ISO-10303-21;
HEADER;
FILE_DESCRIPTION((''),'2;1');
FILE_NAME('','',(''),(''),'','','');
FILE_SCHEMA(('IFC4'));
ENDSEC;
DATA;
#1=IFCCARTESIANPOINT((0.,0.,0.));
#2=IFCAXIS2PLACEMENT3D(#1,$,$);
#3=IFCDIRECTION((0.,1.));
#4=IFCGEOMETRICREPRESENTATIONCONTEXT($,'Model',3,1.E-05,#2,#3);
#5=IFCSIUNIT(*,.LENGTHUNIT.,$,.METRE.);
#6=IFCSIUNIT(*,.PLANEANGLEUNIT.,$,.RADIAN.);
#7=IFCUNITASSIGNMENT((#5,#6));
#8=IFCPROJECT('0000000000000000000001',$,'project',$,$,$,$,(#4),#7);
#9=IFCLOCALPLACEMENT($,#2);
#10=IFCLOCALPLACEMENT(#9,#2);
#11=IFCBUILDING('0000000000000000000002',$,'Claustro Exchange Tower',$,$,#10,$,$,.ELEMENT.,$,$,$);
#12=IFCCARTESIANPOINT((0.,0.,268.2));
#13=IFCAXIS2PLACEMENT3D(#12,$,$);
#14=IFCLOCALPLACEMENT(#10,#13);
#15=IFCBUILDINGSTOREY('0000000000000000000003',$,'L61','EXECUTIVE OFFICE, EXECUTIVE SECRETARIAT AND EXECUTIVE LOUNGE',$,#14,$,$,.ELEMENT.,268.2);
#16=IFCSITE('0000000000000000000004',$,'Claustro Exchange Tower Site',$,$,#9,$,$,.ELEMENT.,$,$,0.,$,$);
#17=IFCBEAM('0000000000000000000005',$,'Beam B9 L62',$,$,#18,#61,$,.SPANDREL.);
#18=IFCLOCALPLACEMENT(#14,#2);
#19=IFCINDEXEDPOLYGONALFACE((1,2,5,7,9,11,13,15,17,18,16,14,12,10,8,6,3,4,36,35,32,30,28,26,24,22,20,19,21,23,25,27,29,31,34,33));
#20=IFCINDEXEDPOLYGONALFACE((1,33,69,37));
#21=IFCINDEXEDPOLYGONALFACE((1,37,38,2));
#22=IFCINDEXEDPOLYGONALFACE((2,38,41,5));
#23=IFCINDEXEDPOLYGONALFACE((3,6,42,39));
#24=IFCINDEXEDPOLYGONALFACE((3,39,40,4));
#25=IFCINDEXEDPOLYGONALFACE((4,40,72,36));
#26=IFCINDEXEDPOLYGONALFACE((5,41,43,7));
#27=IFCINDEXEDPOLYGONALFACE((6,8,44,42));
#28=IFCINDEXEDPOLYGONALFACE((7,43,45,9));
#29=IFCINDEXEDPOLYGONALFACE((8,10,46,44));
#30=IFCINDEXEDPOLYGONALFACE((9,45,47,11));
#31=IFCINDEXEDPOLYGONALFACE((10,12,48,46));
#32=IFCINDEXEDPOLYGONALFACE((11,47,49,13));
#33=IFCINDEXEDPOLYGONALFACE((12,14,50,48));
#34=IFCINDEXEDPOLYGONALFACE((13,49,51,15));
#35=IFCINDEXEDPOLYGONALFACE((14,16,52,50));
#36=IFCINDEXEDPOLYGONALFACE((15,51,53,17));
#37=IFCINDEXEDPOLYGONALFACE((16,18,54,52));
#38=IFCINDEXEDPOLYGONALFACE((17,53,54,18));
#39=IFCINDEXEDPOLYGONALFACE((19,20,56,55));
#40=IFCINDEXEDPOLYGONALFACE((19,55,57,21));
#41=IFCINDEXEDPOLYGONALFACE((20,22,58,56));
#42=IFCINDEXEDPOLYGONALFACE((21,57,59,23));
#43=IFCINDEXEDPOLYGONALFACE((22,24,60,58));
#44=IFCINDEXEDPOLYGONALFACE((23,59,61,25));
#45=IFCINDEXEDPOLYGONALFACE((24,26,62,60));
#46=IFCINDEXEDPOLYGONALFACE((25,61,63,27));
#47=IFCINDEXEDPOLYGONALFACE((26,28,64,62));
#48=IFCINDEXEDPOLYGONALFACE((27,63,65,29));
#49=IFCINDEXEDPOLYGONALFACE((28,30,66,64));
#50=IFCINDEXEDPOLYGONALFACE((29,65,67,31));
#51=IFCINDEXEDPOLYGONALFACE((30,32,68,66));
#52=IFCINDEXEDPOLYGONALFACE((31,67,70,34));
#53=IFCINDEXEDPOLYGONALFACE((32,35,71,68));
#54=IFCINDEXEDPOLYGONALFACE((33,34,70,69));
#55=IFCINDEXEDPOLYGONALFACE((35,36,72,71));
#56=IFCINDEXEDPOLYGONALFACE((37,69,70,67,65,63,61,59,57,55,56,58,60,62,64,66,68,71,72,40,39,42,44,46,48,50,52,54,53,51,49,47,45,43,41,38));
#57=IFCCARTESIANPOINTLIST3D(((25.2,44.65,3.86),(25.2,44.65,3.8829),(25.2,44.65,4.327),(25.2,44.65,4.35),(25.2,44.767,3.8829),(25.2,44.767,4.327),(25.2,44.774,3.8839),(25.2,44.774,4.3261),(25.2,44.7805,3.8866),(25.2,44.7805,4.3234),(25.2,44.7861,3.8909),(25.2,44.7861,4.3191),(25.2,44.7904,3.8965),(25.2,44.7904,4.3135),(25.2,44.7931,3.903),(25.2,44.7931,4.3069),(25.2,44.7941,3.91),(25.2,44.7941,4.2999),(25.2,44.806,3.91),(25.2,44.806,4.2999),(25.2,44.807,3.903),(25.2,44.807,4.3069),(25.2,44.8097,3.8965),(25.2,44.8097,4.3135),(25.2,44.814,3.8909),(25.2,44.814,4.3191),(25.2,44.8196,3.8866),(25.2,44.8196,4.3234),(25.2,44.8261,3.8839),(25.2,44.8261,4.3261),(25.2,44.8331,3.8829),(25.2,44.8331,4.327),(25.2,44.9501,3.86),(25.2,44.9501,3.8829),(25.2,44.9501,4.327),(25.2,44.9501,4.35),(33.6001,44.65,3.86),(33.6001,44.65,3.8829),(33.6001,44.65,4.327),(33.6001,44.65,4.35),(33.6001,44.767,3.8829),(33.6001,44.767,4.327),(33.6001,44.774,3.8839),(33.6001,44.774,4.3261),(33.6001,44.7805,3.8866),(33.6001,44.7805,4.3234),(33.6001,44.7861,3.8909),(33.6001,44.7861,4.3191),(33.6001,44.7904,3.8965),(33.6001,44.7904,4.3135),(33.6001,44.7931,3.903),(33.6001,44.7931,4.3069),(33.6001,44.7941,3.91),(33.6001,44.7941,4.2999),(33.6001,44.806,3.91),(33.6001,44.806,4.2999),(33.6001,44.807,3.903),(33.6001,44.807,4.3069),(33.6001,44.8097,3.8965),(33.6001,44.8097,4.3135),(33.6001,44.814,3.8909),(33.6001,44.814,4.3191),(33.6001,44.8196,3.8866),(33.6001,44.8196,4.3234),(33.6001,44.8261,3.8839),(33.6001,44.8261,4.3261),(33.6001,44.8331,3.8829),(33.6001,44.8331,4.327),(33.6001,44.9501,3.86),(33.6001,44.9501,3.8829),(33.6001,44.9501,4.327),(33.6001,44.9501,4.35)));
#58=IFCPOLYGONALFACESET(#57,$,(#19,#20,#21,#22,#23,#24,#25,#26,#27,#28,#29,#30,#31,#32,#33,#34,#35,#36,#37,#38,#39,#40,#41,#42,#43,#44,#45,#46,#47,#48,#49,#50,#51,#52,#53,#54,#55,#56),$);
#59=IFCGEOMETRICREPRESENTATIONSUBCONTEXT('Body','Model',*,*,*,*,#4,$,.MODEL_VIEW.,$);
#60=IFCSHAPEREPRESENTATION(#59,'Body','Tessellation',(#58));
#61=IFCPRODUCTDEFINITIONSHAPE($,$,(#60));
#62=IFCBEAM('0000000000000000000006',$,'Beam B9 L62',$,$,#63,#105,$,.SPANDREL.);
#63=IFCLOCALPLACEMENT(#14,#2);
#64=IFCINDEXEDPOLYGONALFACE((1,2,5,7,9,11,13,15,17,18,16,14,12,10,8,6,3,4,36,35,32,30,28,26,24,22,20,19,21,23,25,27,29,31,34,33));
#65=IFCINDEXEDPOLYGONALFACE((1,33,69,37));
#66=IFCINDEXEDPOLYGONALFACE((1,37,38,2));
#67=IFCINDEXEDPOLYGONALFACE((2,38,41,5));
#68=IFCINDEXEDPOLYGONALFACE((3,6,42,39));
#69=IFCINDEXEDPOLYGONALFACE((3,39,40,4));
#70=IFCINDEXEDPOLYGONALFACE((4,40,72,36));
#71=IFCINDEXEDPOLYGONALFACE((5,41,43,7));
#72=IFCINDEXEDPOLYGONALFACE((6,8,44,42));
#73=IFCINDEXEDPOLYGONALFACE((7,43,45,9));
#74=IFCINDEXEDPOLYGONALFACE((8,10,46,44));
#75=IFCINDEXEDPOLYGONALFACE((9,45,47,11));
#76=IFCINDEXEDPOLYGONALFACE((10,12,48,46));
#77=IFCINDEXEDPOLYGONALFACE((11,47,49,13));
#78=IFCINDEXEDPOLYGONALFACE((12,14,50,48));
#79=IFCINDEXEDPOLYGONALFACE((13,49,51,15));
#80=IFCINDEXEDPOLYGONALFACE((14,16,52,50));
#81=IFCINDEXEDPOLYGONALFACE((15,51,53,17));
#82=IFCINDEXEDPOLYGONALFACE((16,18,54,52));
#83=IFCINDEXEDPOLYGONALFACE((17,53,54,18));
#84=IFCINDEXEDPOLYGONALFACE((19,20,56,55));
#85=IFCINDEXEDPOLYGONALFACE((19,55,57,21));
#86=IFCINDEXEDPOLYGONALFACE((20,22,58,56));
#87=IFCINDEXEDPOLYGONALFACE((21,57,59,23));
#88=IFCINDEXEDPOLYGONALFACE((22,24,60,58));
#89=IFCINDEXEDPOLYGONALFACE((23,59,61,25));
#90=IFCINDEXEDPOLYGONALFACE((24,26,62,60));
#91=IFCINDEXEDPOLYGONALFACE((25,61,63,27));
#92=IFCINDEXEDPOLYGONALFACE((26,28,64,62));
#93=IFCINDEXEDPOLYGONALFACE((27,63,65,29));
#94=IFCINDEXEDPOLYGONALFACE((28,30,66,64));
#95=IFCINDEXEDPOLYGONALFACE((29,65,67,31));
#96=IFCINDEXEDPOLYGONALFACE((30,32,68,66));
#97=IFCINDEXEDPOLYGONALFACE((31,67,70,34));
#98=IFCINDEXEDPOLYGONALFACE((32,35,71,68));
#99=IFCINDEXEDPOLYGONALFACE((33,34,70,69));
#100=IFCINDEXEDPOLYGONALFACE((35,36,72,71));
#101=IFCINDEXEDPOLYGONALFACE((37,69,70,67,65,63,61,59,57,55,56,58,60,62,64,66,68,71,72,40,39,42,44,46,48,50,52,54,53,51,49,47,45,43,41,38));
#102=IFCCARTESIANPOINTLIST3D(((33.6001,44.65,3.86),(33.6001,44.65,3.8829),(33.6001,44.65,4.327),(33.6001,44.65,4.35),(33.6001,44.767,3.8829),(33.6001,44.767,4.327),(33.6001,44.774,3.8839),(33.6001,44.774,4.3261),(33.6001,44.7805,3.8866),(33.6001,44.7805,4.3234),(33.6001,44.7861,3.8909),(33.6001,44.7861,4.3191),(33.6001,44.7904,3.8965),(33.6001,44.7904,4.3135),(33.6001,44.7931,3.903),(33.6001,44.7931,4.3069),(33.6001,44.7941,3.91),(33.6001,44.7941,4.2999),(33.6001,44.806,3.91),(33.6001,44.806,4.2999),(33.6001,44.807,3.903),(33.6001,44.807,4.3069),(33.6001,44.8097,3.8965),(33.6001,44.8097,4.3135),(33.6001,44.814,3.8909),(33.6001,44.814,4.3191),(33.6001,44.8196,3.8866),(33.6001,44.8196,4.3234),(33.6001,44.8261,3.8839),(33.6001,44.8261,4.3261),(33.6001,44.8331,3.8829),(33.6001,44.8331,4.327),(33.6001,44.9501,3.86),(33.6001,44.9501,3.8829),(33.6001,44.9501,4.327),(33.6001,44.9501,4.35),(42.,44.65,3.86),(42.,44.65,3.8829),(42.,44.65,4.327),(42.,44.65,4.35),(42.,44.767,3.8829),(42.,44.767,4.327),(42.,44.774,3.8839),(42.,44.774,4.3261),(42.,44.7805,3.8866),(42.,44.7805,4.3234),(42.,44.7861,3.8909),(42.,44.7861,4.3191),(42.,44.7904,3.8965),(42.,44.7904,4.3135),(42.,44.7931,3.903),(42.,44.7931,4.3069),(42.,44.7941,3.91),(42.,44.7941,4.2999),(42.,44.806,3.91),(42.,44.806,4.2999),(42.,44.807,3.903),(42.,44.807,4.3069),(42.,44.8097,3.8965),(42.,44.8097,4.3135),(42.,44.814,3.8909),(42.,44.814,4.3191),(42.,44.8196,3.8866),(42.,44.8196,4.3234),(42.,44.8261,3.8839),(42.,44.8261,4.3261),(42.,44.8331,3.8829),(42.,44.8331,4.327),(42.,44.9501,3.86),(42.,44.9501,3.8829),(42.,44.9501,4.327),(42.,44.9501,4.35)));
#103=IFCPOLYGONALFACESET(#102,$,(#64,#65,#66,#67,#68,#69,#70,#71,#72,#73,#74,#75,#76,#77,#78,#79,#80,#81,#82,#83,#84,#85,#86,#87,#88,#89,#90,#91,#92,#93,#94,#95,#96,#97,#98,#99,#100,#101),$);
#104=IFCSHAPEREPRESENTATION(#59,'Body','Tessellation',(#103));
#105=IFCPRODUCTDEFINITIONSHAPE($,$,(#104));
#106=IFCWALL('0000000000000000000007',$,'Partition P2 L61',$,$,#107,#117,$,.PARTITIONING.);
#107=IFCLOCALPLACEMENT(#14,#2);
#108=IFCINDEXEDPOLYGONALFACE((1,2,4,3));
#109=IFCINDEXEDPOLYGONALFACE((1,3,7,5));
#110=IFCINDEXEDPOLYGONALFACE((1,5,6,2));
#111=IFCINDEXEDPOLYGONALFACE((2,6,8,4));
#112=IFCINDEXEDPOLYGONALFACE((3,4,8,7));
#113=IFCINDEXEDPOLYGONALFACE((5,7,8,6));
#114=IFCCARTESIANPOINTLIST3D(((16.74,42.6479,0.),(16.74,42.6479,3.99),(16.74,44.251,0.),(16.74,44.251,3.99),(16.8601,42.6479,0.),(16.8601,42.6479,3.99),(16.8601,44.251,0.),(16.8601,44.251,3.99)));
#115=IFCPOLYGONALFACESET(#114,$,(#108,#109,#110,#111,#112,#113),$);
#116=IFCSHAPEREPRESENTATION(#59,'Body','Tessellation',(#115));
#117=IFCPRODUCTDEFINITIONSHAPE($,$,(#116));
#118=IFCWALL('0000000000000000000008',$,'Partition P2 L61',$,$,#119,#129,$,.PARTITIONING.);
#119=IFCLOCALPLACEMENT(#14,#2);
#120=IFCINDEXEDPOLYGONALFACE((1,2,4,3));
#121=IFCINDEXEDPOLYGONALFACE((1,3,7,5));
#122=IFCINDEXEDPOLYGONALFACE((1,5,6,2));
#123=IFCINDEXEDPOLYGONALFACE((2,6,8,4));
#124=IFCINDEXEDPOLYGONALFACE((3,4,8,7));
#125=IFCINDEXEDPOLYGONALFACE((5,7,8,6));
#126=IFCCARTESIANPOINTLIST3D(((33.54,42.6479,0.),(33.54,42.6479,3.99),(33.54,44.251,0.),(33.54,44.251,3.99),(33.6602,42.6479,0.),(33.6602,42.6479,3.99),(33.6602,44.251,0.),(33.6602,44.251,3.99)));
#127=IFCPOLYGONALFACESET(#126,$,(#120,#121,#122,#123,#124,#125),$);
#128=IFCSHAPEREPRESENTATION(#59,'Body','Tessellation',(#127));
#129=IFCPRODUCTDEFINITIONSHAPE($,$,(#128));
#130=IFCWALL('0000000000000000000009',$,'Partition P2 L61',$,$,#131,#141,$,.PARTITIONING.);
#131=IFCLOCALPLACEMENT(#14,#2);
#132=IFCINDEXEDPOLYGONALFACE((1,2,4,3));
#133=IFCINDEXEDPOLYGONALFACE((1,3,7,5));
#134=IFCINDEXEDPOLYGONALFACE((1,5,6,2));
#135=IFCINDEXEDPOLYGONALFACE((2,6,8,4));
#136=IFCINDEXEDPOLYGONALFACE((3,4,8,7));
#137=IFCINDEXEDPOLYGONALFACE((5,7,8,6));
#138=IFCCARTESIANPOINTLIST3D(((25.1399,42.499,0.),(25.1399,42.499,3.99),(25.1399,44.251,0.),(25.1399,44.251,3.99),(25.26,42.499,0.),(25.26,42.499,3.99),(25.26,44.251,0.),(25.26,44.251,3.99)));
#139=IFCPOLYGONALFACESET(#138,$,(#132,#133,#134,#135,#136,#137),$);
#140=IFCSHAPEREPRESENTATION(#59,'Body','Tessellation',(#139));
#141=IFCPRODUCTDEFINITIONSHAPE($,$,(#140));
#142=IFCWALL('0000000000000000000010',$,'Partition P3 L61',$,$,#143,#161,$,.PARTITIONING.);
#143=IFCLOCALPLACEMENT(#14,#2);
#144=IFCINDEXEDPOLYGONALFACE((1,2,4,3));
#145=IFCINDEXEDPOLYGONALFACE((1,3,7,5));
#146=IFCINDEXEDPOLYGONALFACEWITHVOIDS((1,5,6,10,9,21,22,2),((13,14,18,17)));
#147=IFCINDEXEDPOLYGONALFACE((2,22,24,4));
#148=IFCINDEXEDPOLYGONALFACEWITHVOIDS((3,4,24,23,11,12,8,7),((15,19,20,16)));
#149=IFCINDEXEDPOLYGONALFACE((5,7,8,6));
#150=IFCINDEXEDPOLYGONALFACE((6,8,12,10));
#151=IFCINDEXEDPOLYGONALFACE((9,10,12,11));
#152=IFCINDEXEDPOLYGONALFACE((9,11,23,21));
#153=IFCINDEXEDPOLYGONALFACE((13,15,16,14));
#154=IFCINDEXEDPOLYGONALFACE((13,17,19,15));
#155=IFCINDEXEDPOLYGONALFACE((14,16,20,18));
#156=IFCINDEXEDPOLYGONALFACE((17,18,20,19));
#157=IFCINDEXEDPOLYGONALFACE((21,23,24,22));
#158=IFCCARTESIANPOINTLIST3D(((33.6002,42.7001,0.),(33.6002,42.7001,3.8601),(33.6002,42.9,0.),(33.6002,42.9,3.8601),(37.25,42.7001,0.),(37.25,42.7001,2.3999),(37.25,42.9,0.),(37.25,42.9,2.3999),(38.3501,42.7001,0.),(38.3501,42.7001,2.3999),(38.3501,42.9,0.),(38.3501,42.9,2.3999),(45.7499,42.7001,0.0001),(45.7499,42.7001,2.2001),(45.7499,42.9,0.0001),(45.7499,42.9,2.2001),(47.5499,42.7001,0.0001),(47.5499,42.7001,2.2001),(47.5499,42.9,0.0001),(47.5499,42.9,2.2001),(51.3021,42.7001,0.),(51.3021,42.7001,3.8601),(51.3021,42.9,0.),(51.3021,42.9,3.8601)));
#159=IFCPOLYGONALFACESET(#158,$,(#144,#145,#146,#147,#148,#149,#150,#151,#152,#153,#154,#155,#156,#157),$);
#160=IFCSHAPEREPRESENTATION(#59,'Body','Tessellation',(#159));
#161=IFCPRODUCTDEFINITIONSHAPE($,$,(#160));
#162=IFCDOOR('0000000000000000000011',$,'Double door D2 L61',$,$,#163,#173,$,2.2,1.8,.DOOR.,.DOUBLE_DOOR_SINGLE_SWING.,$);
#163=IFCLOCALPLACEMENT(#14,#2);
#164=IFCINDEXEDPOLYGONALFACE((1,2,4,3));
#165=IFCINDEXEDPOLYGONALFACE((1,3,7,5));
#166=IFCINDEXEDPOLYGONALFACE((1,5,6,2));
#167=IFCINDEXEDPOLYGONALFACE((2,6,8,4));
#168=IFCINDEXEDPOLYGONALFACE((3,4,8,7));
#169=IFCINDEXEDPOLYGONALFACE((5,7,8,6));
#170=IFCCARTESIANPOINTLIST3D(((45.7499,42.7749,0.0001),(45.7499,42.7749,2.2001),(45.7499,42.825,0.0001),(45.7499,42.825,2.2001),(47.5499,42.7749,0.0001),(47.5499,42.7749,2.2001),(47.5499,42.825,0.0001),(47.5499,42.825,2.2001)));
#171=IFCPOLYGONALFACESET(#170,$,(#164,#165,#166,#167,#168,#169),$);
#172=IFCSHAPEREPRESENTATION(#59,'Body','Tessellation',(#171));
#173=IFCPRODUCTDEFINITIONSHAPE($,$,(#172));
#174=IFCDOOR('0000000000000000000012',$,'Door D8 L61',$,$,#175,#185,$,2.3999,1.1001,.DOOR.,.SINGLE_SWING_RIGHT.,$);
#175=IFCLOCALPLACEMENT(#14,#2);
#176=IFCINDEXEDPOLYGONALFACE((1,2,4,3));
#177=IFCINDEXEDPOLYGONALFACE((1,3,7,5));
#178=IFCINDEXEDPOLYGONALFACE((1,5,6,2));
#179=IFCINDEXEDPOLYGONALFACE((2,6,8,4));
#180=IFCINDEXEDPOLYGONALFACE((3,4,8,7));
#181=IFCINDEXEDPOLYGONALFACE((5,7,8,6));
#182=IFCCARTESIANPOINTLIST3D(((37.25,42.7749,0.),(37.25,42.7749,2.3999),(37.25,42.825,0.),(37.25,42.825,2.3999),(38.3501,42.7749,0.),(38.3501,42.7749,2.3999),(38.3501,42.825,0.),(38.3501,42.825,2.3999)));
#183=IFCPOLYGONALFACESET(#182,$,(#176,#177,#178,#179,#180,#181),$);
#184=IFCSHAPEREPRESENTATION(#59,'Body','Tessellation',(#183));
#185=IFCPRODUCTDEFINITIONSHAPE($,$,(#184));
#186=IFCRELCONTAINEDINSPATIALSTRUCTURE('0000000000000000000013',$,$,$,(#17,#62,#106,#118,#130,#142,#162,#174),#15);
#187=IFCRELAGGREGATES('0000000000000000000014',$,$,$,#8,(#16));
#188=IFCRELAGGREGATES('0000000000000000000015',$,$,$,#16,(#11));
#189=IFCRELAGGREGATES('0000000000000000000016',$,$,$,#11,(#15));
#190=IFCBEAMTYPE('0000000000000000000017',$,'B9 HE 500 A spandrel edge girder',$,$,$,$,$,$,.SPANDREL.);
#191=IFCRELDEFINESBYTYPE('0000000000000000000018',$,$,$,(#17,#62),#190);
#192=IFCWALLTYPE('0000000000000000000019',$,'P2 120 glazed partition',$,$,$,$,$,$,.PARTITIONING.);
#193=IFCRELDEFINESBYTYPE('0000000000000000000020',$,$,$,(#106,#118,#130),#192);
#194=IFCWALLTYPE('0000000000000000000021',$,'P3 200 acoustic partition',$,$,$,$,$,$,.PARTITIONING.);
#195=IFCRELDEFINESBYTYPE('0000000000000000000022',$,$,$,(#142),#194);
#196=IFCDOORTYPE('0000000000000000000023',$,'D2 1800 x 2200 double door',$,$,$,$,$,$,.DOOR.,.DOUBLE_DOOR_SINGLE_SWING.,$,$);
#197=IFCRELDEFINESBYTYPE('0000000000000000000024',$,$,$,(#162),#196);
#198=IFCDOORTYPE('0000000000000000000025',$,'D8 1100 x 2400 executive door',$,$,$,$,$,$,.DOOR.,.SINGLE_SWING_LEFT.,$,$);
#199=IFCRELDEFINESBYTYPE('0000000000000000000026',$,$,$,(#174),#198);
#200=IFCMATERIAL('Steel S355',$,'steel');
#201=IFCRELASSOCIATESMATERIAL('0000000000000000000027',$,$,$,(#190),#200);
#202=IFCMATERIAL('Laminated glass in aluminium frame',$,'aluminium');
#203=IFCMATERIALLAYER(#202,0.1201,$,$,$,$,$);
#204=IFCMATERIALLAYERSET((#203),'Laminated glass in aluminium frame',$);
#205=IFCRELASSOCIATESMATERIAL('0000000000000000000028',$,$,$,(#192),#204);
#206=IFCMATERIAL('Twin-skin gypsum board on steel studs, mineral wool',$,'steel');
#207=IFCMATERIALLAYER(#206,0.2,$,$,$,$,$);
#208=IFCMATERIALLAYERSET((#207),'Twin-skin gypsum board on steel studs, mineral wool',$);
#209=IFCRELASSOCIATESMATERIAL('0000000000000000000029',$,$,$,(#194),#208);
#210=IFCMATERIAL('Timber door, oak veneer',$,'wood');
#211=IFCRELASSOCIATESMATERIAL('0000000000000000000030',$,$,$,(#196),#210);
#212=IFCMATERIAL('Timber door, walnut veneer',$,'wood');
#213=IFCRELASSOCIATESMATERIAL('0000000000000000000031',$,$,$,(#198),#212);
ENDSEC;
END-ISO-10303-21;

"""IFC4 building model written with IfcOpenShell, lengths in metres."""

from ifc_helpers import new_model, si_unit, direction, frame, frame_2d, origin, origin_2d, place, context, subcontext, project, spatial, rectangle, i_section, extrude, material, layer, layer_set, material_profile, profile_set, type_object, element, fill, save


model = new_model("IFC4")

# Units and contexts
model_context = context("Model", 3, precision=1e-05, world=origin(), true_north=direction((0.0, 1.0)))
body_context = subcontext(model_context, "Body", "Model", "MODEL_VIEW")
ifc_project = project(units=[si_unit("LENGTHUNIT", "METRE"), si_unit("PLANEANGLEUNIT", "RADIAN")], contexts=[model_context])

# Site, building, storey
site_placement = place(None, origin())
site = spatial("IfcSite", under=ifc_project, at=site_placement, Name="Claustro Exchange Tower Site", CompositionType="ELEMENT", RefElevation=0.0)
building_placement = place(site_placement, origin())
building = spatial("IfcBuilding", under=site, at=building_placement, Name="Claustro Exchange Tower", CompositionType="ELEMENT")
storey_placement = place(building_placement, frame((0.0, 0.0, 268.2)))
storey = spatial("IfcBuildingStorey", under=building, at=storey_placement, Name="L61", Description="EXECUTIVE OFFICE, EXECUTIVE SECRETARIAT AND EXECUTIVE LOUNGE", CompositionType="ELEMENT", Elevation=268.2)

# Beams
ifc_material_1 = material(Name="Steel S355", Category="steel")
ifc_material_profile_1 = material_profile(ifc_material_1, i_section(OverallWidth=0.3, OverallDepth=0.49, WebThickness=0.012, FlangeThickness=0.0229, FilletRadius=0.0271, at=origin_2d()), Name="HE 500 A")
ifc_profile_set_1 = profile_set([ifc_material_profile_1], Name="Steel S355")
beam_type_1 = type_object("IfcBeamType", Name="B9 HE 500 A spandrel edge girder", PredefinedType="SPANDREL", material=ifc_profile_set_1)
beam_1_placement = place(storey_placement, frame((25.2, 44.8, 4.105), z_axis=(1.0, 0.0, 0.0), x_axis=(0.0, 1.0, 0.0)))
element("IfcBeam", 1, at=beam_1_placement, inside=storey, type_object=beam_type_1, Name="Beam B9 L62", PredefinedType="SPANDREL", context=body_context, shape_type="SweptSolid", body=[
    extrude(i_section(OverallWidth=0.3, OverallDepth=0.49, WebThickness=0.012, FlangeThickness=0.0229, FilletRadius=0.0271, at=origin_2d()), origin(), (0.0, 0.0, 1.0), 8.4001),
])
beam_2_placement = place(storey_placement, frame((33.6001, 44.8, 4.105), z_axis=(1.0, 0.0, 0.0), x_axis=(0.0, 1.0, 0.0)))
element("IfcBeam", 2, at=beam_2_placement, inside=storey, type_object=beam_type_1, Name="Beam B9 L62", PredefinedType="SPANDREL", context=body_context, shape_type="SweptSolid", body=[
    extrude(i_section(OverallWidth=0.3, OverallDepth=0.49, WebThickness=0.012, FlangeThickness=0.0229, FilletRadius=0.0271, at=origin_2d()), origin(), (0.0, 0.0, 1.0), 8.3999),
])

# Walls
ifc_material_2 = material(Name="Laminated glass in aluminium frame", Category="aluminium")
ifc_layer_1 = layer(ifc_material_2, 0.1201)
ifc_layer_set_1 = layer_set([ifc_layer_1], Name="Laminated glass in aluminium frame")
wall_type_1 = type_object("IfcWallType", Name="P2 120 glazed partition", PredefinedType="PARTITIONING", material=ifc_layer_set_1)
for number, where, z_axis, x_axis, name in (
    (3, (16.8, 42.6479, 0.0), (0.0, 0.0, 1.0), (0.0, 1.0, 0.0), "Partition P2 L61"),
    (4, (33.6001, 42.6479, 0.0), (0.0, 0.0, 1.0), (0.0, 1.0, 0.0), "Partition P2 L61"),
):
    element("IfcWall", number, at=place(storey_placement, frame(where, z_axis=z_axis, x_axis=x_axis)), inside=storey, type_object=wall_type_1, Name=name, PredefinedType="PARTITIONING", context=body_context, shape_type="SweptSolid", body=[
        extrude(rectangle(XDim=1.603, YDim=0.1201, at=frame_2d((0.8015, 0.0))), origin(), (0.0, 0.0, 1.0), 3.99),
    ])
wall_1_placement = place(storey_placement, frame((25.2, 42.499, 0.0), z_axis=(0.0, 0.0, 1.0), x_axis=(0.0, 1.0, 0.0)))
element("IfcWall", 5, at=wall_1_placement, inside=storey, type_object=wall_type_1, Name="Partition P2 L61", PredefinedType="PARTITIONING", context=body_context, shape_type="SweptSolid", body=[
    extrude(rectangle(XDim=1.752, YDim=0.1201, at=frame_2d((0.876, 0.0))), origin(), (0.0, 0.0, 1.0), 3.99),
])

# Wall, openings, doors
ifc_material_3 = material(Name="Twin-skin gypsum board on steel studs, mineral wool", Category="steel")
ifc_layer_2 = layer(ifc_material_3, 0.2)
ifc_layer_set_2 = layer_set([ifc_layer_2], Name="Twin-skin gypsum board on steel studs, mineral wool")
wall_type_2 = type_object("IfcWallType", Name="P3 200 acoustic partition", PredefinedType="PARTITIONING", material=ifc_layer_set_2)
wall_2_placement = place(storey_placement, frame((33.6001, 42.8, 0.0), z_axis=(0.0, 0.0, 1.0), x_axis=(1.0, 0.0, 0.0)))
wall_2 = element("IfcWall", 6, at=wall_2_placement, inside=storey, type_object=wall_type_2, Name="Partition P3 L61", PredefinedType="PARTITIONING", context=body_context, shape_type="SweptSolid", body=[
    extrude(rectangle(XDim=17.7019, YDim=0.2, at=frame_2d((8.8511, 0.0))), origin(), (0.0, 0.0, 1.0), 3.8601),
])
opening_1_placement = place(wall_2_placement, frame((3.6499, 0.0, 0.0)))
opening_1 = element("IfcOpeningElement", 7, at=opening_1_placement, cuts=wall_2, PredefinedType="OPENING", context=body_context, shape_type="SweptSolid", body=[
    extrude(rectangle(XDim=1.1001, YDim=2.3999, at=frame_2d((0.55, 1.2))), frame((0.0, 0.1099, 0.0), z_axis=(0.0, -1.0, 0.0), x_axis=(1.0, 0.0, 0.0)), (0.0, 0.0, 1.0), 0.22),
])
opening_2_placement = place(wall_2_placement, frame((12.1499, 0.0, 0.0)))
opening_2 = element("IfcOpeningElement", 8, at=opening_2_placement, cuts=wall_2, PredefinedType="OPENING", context=body_context, shape_type="SweptSolid", body=[
    extrude(rectangle(XDim=1.8, YDim=2.2, at=frame_2d((0.8999, 1.1001))), frame((0.0, 0.1099, 0.0), z_axis=(0.0, -1.0, 0.0), x_axis=(1.0, 0.0, 0.0)), (0.0, 0.0, 1.0), 0.22),
])
ifc_material_4 = material(Name="Timber door, oak veneer", Category="wood")
door_type_1 = type_object("IfcDoorType", Name="D2 1800 x 2200 double door", OperationType="DOUBLE_DOOR_SINGLE_SWING", PredefinedType="DOOR", material=ifc_material_4)
door_1_placement = place(opening_2_placement, origin())
door_1 = element("IfcDoor", 9, at=door_1_placement, inside=storey, type_object=door_type_1, Name="Double door D2 L61", OperationType="DOUBLE_DOOR_SINGLE_SWING", OverallHeight=2.2, OverallWidth=1.8, PredefinedType="DOOR", context=body_context, shape_type="SweptSolid", body=[
    extrude(rectangle(XDim=1.8, YDim=2.2, at=frame_2d((0.8999, 1.1001))), frame((0.0, 0.0249, 0.0), z_axis=(0.0, -1.0, 0.0), x_axis=(1.0, 0.0, 0.0)), (0.0, 0.0, 1.0), 0.05),
])
fill(opening_2, door_1)
ifc_material_5 = material(Name="Timber door, walnut veneer", Category="wood")
door_type_2 = type_object("IfcDoorType", Name="D8 1100 x 2400 executive door", OperationType="SINGLE_SWING_LEFT", PredefinedType="DOOR", material=ifc_material_5)
door_2_placement = place(opening_1_placement, origin())
door_2 = element("IfcDoor", 10, at=door_2_placement, inside=storey, type_object=door_type_2, Name="Door D8 L61", OperationType="SINGLE_SWING_RIGHT", OverallHeight=2.3999, OverallWidth=1.1001, PredefinedType="DOOR", context=body_context, shape_type="SweptSolid", body=[
    extrude(rectangle(XDim=1.1001, YDim=2.3999, at=frame_2d((0.55, 1.2))), frame((0.0, 0.0249, 0.0), z_axis=(0.0, -1.0, 0.0), x_axis=(1.0, 0.0, 0.0)), (0.0, 0.0, 1.0), 0.05),
])
fill(opening_1, door_2)

save(model, "model.ifc")
